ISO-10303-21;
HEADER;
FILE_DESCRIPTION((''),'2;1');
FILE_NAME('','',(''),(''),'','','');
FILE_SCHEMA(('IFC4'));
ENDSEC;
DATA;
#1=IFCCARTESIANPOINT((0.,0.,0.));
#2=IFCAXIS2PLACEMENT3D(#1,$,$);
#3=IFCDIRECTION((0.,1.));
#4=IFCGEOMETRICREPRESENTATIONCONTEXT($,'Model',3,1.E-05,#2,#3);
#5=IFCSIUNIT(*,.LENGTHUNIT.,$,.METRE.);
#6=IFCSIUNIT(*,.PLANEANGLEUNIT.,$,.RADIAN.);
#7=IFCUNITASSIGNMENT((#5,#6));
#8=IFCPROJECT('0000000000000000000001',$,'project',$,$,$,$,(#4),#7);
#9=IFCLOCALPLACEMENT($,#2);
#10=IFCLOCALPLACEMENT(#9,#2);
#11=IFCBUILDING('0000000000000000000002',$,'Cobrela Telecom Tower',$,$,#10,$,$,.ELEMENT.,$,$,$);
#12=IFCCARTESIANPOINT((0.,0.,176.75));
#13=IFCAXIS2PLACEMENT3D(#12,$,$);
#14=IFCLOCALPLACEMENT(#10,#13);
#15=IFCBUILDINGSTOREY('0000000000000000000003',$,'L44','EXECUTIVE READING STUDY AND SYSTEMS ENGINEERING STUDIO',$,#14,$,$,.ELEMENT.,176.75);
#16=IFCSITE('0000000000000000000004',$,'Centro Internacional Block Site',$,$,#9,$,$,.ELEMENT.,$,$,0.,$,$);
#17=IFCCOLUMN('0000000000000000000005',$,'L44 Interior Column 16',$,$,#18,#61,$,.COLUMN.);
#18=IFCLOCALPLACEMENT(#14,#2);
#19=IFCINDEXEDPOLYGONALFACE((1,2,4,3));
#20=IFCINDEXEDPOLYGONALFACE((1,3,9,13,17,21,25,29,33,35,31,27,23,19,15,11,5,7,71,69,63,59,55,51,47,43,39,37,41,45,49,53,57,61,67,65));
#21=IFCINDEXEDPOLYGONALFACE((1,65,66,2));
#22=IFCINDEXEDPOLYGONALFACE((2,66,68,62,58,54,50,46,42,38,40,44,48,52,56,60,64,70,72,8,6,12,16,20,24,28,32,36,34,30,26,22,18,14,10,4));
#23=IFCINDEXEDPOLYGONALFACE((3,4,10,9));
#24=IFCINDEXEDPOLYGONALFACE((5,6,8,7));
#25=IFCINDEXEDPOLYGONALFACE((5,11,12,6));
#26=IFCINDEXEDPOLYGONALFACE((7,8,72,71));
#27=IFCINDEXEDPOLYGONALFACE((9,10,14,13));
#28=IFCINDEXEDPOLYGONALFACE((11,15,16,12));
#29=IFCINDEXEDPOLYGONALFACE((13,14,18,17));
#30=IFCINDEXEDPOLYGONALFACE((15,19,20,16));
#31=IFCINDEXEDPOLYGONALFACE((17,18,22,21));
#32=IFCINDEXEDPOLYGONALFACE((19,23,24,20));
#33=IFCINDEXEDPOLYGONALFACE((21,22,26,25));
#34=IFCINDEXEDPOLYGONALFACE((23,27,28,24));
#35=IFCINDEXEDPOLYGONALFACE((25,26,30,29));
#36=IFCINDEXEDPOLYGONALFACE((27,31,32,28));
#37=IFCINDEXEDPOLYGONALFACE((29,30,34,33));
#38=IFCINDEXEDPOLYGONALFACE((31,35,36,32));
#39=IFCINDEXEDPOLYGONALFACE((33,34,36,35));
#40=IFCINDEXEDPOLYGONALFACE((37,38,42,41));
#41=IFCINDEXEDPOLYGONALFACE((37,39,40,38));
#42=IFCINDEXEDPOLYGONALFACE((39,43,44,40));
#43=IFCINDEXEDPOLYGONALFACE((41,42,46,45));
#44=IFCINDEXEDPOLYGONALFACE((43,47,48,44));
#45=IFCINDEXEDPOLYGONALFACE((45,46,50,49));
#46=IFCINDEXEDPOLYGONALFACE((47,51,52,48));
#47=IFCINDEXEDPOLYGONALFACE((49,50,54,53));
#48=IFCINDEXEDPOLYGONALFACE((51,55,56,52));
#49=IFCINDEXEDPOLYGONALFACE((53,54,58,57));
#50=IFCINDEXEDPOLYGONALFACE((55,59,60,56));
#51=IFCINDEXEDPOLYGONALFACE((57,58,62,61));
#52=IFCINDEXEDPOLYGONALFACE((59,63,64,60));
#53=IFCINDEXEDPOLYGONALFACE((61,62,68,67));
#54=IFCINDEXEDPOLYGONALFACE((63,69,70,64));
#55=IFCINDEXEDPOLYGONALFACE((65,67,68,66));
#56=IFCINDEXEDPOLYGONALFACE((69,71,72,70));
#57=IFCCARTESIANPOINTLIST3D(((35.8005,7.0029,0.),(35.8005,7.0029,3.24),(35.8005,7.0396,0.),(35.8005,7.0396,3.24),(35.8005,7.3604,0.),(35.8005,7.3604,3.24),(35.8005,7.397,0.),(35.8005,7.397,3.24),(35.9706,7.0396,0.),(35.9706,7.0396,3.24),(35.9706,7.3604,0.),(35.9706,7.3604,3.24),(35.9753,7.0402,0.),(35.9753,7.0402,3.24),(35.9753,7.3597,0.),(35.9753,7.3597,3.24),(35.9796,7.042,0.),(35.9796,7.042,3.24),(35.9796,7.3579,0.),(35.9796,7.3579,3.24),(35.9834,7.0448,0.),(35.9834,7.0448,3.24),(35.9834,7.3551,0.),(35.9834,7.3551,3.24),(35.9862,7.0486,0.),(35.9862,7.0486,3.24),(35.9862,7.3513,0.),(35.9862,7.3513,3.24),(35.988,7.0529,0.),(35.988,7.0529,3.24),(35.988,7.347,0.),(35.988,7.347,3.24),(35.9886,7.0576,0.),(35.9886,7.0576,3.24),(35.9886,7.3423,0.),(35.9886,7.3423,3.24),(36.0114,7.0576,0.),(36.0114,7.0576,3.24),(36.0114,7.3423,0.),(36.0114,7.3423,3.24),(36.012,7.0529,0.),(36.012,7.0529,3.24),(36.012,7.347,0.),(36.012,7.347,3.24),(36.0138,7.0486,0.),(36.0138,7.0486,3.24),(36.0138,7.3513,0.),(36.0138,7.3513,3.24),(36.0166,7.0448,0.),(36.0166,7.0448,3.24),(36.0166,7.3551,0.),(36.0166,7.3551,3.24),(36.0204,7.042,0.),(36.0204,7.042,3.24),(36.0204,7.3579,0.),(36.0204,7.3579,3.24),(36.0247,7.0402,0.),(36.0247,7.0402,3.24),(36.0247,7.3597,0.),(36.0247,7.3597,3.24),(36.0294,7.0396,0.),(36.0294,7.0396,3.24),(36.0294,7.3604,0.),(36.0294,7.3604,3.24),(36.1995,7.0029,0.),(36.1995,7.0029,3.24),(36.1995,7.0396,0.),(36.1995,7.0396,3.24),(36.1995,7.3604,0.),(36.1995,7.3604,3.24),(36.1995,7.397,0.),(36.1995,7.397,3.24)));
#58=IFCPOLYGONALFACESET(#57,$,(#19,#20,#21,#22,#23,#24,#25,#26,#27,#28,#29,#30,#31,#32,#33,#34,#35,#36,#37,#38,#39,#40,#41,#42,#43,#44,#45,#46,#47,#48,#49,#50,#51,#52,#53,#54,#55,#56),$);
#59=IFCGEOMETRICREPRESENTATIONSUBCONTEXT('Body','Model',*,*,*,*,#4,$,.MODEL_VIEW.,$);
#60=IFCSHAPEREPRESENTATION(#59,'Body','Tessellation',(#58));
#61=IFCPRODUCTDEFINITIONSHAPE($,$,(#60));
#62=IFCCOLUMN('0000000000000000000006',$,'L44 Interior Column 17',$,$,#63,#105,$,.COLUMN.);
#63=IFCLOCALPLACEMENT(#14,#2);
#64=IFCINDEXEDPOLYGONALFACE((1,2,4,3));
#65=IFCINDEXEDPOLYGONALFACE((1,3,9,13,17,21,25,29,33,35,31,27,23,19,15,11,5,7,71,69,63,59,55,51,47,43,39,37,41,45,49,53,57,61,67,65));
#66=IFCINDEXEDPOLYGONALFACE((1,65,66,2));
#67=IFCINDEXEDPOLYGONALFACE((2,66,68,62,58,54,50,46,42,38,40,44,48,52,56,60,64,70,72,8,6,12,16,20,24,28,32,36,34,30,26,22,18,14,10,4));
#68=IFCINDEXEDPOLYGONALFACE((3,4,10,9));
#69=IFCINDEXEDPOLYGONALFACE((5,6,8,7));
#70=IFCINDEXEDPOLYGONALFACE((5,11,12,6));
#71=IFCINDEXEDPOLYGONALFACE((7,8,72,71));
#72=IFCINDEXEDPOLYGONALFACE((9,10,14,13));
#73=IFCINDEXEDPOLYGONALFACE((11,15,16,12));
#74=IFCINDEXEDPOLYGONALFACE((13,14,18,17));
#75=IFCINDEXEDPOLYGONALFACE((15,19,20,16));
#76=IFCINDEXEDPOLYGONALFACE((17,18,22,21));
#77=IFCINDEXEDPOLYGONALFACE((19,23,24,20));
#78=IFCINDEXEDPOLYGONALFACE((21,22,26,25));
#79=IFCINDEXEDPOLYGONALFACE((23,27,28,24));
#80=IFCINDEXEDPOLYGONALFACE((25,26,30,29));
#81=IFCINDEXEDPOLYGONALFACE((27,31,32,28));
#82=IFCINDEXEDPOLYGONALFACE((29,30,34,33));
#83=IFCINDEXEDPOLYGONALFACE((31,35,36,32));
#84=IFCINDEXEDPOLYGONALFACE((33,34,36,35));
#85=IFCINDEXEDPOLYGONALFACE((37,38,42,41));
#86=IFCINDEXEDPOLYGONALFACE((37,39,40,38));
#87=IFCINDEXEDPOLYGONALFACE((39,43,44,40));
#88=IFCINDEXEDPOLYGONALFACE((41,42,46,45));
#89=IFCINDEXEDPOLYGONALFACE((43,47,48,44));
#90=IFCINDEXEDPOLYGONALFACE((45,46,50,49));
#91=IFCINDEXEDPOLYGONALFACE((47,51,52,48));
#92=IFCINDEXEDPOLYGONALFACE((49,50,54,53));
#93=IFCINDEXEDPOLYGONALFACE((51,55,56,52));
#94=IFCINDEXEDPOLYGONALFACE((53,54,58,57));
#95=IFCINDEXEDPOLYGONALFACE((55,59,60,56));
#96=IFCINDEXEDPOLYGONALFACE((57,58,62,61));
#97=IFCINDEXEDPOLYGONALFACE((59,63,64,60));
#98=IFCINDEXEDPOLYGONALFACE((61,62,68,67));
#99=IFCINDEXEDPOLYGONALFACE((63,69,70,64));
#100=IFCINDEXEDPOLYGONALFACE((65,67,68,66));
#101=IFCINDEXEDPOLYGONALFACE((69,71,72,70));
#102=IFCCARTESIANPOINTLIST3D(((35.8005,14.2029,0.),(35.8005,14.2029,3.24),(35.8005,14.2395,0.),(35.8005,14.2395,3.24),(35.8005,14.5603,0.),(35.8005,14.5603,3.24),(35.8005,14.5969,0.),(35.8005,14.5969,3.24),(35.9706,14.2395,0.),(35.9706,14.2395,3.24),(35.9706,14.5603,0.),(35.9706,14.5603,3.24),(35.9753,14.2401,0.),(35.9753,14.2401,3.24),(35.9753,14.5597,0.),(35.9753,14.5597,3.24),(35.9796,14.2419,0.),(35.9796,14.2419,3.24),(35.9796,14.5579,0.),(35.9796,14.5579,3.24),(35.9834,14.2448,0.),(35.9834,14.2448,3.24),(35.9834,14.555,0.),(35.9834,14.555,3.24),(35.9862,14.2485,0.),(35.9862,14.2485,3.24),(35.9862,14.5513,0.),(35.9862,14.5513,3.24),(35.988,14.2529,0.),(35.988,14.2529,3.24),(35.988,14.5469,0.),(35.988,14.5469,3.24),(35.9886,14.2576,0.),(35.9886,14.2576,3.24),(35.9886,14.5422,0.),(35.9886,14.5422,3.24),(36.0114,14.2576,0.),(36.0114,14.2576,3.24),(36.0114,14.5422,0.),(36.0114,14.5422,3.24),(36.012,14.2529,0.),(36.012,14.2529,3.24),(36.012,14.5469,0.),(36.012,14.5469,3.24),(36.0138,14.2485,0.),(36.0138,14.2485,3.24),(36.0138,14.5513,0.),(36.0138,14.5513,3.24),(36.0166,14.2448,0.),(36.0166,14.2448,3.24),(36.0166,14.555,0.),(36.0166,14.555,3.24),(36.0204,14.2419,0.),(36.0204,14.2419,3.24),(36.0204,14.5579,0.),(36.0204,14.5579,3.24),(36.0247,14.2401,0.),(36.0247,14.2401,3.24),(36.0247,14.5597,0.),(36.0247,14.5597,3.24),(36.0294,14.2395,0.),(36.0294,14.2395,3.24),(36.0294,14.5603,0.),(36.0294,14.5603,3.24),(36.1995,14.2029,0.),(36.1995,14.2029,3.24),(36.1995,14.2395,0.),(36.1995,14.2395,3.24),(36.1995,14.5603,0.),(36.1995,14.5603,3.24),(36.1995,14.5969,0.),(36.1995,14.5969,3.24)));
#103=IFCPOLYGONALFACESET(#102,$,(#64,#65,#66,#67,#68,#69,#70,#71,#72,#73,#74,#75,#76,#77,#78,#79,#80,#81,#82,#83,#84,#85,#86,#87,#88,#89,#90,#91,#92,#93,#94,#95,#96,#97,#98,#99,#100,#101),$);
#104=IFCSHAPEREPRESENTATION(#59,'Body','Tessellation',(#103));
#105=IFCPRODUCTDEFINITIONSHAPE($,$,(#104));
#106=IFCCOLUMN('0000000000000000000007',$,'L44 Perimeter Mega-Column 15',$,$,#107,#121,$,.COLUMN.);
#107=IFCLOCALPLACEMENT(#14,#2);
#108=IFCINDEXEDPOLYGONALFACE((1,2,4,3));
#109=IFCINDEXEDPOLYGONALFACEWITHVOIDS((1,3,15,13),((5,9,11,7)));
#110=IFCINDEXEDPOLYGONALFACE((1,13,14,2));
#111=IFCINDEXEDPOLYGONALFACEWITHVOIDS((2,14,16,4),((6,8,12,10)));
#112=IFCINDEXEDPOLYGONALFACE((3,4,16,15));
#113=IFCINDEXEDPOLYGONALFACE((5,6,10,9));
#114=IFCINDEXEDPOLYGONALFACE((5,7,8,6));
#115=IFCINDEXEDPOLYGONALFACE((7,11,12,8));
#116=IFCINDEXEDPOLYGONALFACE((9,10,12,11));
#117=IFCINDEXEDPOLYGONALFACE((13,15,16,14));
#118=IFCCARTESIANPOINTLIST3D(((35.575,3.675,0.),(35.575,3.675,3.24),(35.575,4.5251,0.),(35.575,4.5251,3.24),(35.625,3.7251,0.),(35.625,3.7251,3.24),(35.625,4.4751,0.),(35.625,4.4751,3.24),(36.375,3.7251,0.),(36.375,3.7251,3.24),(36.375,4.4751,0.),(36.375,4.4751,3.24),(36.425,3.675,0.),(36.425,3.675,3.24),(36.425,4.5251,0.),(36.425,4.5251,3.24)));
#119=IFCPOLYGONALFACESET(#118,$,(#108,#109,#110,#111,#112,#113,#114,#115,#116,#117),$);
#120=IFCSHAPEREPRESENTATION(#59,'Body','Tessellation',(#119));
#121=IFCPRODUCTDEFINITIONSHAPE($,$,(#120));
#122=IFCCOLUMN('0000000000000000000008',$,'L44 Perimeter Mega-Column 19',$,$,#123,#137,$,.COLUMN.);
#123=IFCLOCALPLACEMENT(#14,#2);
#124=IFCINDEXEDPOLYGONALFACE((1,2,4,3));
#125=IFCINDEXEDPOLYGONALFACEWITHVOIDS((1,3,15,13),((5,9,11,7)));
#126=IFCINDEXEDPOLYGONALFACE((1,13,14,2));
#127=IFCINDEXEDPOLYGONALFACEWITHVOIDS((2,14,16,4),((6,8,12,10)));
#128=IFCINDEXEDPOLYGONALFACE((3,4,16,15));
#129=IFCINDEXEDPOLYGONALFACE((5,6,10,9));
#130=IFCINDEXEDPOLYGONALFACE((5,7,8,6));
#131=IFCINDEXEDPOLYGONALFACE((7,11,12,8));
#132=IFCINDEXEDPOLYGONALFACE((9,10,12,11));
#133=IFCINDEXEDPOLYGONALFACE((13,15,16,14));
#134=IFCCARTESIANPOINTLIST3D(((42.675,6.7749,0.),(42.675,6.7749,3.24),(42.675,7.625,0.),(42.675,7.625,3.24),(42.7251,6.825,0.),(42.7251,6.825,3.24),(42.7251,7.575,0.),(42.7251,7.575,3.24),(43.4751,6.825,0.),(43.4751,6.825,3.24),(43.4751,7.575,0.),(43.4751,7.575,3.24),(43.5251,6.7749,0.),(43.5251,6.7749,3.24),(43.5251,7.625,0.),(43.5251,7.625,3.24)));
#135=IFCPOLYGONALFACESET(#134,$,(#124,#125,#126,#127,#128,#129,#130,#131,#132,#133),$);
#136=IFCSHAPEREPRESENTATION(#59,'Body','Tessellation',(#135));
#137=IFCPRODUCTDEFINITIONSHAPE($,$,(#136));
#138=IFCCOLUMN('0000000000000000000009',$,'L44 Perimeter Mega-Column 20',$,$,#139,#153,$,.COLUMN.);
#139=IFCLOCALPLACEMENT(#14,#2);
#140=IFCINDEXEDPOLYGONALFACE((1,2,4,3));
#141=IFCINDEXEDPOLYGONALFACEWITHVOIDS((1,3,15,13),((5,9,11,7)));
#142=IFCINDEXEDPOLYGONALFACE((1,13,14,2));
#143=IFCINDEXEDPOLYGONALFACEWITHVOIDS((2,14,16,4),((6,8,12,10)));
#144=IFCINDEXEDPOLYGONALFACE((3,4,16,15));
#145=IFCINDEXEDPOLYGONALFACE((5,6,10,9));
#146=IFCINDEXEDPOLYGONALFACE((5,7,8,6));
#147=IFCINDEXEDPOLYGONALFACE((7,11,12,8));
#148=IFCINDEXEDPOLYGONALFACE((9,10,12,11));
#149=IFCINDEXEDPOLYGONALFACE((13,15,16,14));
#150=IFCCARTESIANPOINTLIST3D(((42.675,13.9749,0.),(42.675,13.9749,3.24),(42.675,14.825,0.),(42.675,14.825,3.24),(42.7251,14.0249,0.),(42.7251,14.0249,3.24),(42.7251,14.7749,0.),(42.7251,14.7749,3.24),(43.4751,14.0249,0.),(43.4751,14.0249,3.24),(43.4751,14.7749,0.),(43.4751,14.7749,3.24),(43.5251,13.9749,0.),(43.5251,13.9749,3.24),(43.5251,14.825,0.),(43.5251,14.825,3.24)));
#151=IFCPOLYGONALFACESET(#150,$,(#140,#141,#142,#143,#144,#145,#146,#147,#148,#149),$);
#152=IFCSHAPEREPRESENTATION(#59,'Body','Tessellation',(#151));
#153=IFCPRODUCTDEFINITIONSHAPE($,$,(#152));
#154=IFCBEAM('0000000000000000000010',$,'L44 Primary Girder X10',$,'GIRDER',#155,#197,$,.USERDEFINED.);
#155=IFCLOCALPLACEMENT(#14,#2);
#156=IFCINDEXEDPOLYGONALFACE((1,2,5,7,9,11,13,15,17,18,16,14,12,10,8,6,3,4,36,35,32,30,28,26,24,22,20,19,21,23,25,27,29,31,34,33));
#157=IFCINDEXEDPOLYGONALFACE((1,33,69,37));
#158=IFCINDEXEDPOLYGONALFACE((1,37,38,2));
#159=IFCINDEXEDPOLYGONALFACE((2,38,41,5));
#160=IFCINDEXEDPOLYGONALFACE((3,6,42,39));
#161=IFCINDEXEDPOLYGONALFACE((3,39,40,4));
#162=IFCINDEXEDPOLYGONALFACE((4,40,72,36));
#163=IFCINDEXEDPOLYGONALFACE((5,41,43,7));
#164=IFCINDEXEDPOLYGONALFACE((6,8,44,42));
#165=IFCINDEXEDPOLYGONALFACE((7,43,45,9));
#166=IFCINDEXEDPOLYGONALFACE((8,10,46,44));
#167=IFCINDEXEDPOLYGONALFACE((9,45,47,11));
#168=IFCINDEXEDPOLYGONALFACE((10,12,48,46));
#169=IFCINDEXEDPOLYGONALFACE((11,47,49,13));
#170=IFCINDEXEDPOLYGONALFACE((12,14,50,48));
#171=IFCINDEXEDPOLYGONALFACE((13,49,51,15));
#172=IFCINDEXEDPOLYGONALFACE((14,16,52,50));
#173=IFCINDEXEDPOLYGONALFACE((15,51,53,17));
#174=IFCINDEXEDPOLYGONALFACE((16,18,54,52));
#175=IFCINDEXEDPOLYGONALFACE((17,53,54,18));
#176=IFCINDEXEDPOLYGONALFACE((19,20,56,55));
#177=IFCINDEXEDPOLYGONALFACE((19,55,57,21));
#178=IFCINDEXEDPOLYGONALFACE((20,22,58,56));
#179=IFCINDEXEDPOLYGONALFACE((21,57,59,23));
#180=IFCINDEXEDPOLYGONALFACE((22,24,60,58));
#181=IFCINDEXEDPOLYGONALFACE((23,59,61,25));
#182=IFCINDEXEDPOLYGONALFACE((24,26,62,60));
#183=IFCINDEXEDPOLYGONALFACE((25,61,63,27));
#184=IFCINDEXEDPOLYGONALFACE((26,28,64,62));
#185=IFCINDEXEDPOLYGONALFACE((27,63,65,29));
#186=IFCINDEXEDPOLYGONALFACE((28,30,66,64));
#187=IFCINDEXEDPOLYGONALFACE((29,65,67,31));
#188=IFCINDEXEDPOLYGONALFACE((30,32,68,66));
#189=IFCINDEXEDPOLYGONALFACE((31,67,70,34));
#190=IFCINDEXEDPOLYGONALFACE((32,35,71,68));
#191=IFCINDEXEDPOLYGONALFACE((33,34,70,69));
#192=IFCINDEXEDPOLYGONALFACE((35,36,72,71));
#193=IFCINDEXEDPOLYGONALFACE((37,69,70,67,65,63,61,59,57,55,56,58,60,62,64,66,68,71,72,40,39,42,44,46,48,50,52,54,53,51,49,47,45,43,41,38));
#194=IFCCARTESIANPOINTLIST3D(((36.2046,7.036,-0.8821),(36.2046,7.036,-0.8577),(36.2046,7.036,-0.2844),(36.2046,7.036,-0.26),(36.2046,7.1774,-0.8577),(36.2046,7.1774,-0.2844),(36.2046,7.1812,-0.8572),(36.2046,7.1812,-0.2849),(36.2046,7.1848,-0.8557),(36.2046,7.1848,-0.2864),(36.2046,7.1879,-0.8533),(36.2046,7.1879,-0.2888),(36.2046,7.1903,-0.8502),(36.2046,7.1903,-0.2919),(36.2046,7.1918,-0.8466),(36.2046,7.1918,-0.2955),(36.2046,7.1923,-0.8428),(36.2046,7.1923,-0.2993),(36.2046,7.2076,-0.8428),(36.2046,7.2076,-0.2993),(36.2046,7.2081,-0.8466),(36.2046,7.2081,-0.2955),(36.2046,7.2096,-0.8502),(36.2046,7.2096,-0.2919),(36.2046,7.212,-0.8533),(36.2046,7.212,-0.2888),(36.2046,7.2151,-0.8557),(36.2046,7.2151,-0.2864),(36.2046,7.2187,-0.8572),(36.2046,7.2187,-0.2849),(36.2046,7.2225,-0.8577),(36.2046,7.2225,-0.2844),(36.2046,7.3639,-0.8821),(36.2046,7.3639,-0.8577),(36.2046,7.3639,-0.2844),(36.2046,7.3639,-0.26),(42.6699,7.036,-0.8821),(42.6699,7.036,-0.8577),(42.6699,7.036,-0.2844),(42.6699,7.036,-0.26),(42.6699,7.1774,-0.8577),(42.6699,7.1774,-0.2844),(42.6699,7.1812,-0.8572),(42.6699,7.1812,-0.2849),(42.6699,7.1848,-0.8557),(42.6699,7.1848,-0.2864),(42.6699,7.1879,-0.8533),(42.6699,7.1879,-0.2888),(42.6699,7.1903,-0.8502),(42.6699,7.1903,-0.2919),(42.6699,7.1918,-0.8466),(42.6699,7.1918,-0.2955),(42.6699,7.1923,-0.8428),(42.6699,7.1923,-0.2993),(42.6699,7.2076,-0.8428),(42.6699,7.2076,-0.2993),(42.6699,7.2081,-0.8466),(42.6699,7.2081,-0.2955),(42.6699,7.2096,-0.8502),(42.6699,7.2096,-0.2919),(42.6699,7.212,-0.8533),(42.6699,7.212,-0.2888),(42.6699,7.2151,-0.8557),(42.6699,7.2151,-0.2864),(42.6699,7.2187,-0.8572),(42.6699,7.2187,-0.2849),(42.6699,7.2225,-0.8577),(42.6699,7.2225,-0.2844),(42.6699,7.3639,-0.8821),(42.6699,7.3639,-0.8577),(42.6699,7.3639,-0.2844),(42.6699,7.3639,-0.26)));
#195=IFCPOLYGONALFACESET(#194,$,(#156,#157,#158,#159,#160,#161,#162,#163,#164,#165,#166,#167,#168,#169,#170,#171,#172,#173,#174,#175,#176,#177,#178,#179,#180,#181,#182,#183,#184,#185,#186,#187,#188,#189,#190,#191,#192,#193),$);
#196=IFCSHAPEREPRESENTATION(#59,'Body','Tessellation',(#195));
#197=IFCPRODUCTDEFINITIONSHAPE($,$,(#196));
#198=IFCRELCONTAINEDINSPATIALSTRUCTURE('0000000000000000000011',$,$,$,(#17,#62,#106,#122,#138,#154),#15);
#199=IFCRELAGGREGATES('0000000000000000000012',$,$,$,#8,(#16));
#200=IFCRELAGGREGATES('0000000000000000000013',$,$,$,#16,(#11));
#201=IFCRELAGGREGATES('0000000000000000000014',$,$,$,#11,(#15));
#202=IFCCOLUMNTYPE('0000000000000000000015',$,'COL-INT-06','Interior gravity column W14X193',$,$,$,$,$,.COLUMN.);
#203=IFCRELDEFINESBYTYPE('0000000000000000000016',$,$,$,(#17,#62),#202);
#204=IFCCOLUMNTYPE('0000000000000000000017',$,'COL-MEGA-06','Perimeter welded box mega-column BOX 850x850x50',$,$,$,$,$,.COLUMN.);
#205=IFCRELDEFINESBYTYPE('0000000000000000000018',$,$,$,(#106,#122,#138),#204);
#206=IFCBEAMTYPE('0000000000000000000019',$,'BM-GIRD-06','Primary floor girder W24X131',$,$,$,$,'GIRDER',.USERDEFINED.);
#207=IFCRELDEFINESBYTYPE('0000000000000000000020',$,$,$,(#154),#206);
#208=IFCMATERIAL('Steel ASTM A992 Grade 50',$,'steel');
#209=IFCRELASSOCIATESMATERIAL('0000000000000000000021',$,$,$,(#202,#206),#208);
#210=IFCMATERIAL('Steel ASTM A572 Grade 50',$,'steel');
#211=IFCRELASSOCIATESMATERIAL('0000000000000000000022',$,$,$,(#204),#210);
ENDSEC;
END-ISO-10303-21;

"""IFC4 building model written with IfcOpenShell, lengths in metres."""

from ifc_helpers import new_model, si_unit, direction, frame, origin, origin_2d, place, context, subcontext, project, spatial, hollow_rectangle, i_section, extrude, material, material_profile, profile_set, type_object, element, save


model = new_model("IFC4")

# Units and contexts
model_context = context("Model", 3, precision=1e-05, world=origin(), true_north=direction((0.0, 1.0)))
body_context = subcontext(model_context, "Body", "Model", "MODEL_VIEW")
ifc_project = project(units=[si_unit("LENGTHUNIT", "METRE"), si_unit("PLANEANGLEUNIT", "RADIAN")], contexts=[model_context])

# Site, building, storey
site_placement = place(None, origin())
site = spatial("IfcSite", under=ifc_project, at=site_placement, Name="Centro Internacional Block Site", CompositionType="ELEMENT", RefElevation=0.0)
building_placement = place(site_placement, origin())
building = spatial("IfcBuilding", under=site, at=building_placement, Name="Cobrela Telecom Tower", CompositionType="ELEMENT")
storey_placement = place(building_placement, frame((0.0, 0.0, 176.75)))
storey = spatial("IfcBuildingStorey", under=building, at=storey_placement, Name="L44", Description="EXECUTIVE READING STUDY AND SYSTEMS ENGINEERING STUDIO", CompositionType="ELEMENT", Elevation=176.75)

# Columns
ifc_material_1 = material(Name="Steel ASTM A992 Grade 50", Category="steel")
ifc_material_profile_1 = material_profile(ifc_material_1, i_section(OverallWidth=0.3989, OverallDepth=0.394, WebThickness=0.0227, FlangeThickness=0.0366, FilletRadius=0.0181, at=origin_2d()), Name="W14X193")
ifc_profile_set_1 = profile_set([ifc_material_profile_1], Name="Steel ASTM A992 Grade 50")
column_type_1 = type_object("IfcColumnType", Name="COL-INT-06", Description="Interior gravity column W14X193", PredefinedType="COLUMN", material=ifc_profile_set_1)
for number, where, z_axis, x_axis, name in (
    (1, (36.0, 7.2, 0.0), (0.0, 0.0, 1.0), (1.0, 0.0, 0.0), "L44 Interior Column 16"),
    (2, (36.0, 14.3999, 0.0), (0.0, 0.0, 1.0), (1.0, 0.0, 0.0), "L44 Interior Column 17"),
):
    element("IfcColumn", number, at=place(storey_placement, frame(where, z_axis=z_axis, x_axis=x_axis)), inside=storey, type_object=column_type_1, Name=name, PredefinedType="COLUMN", context=body_context, shape_type="SweptSolid", body=[
        extrude(i_section(OverallWidth=0.3989, OverallDepth=0.394, WebThickness=0.0227, FlangeThickness=0.0366, FilletRadius=0.0181, at=origin_2d()), origin(), (0.0, 0.0, 1.0), 3.24),
    ])
ifc_material_2 = material(Name="Steel ASTM A572 Grade 50", Category="steel")
ifc_material_profile_2 = material_profile(ifc_material_2, hollow_rectangle(XDim=0.8501, YDim=0.8501, WallThickness=0.05, at=origin_2d()), Name="BOX 850x850x50")
ifc_profile_set_2 = profile_set([ifc_material_profile_2], Name="Steel ASTM A572 Grade 50")
column_type_2 = type_object("IfcColumnType", Name="COL-MEGA-06", Description="Perimeter welded box mega-column BOX 850x850x50", PredefinedType="COLUMN", material=ifc_profile_set_2)
for number, where, z_axis, x_axis, name in (
    (3, (36.0, 4.1001, 0.0), (0.0, 0.0, 1.0), (1.0, 0.0, 0.0), "L44 Perimeter Mega-Column 15"),
    (4, (43.1001, 7.2, 0.0), (0.0, 0.0, 1.0), (1.0, 0.0, 0.0), "L44 Perimeter Mega-Column 19"),
    (5, (43.1001, 14.3999, 0.0), (0.0, 0.0, 1.0), (1.0, 0.0, 0.0), "L44 Perimeter Mega-Column 20"),
):
    element("IfcColumn", number, at=place(storey_placement, frame(where, z_axis=z_axis, x_axis=x_axis)), inside=storey, type_object=column_type_2, Name=name, PredefinedType="COLUMN", context=body_context, shape_type="SweptSolid", body=[
        extrude(hollow_rectangle(XDim=0.8501, YDim=0.8501, WallThickness=0.05, at=origin_2d()), origin(), (0.0, 0.0, 1.0), 3.24),
    ])

# Beam
ifc_material_profile_3 = material_profile(ifc_material_1, i_section(OverallWidth=0.3279, OverallDepth=0.6221, WebThickness=0.0154, FlangeThickness=0.0244, FilletRadius=0.0149, at=origin_2d()), Name="W24X131")
ifc_profile_set_3 = profile_set([ifc_material_profile_3], Name="Steel ASTM A992 Grade 50")
beam_type_1 = type_object("IfcBeamType", Name="BM-GIRD-06", Description="Primary floor girder W24X131", ElementType="GIRDER", PredefinedType="USERDEFINED", material=ifc_profile_set_3)
for number, where, z_axis, x_axis, name in (
    (6, (36.2046, 7.2, -0.571), (1.0, 0.0, 0.0), (0.0, 1.0, 0.0), "L44 Primary Girder X10"),
):
    element("IfcBeam", number, at=place(storey_placement, frame(where, z_axis=z_axis, x_axis=x_axis)), inside=storey, type_object=beam_type_1, Name=name, ObjectType="GIRDER", PredefinedType="USERDEFINED", context=body_context, shape_type="SweptSolid", body=[
        extrude(i_section(OverallWidth=0.3279, OverallDepth=0.6221, WebThickness=0.0154, FlangeThickness=0.0244, FilletRadius=0.0149, at=origin_2d()), origin(), (0.0, 0.0, 1.0), 6.4653),
    ])

save(model, "model.ifc")
